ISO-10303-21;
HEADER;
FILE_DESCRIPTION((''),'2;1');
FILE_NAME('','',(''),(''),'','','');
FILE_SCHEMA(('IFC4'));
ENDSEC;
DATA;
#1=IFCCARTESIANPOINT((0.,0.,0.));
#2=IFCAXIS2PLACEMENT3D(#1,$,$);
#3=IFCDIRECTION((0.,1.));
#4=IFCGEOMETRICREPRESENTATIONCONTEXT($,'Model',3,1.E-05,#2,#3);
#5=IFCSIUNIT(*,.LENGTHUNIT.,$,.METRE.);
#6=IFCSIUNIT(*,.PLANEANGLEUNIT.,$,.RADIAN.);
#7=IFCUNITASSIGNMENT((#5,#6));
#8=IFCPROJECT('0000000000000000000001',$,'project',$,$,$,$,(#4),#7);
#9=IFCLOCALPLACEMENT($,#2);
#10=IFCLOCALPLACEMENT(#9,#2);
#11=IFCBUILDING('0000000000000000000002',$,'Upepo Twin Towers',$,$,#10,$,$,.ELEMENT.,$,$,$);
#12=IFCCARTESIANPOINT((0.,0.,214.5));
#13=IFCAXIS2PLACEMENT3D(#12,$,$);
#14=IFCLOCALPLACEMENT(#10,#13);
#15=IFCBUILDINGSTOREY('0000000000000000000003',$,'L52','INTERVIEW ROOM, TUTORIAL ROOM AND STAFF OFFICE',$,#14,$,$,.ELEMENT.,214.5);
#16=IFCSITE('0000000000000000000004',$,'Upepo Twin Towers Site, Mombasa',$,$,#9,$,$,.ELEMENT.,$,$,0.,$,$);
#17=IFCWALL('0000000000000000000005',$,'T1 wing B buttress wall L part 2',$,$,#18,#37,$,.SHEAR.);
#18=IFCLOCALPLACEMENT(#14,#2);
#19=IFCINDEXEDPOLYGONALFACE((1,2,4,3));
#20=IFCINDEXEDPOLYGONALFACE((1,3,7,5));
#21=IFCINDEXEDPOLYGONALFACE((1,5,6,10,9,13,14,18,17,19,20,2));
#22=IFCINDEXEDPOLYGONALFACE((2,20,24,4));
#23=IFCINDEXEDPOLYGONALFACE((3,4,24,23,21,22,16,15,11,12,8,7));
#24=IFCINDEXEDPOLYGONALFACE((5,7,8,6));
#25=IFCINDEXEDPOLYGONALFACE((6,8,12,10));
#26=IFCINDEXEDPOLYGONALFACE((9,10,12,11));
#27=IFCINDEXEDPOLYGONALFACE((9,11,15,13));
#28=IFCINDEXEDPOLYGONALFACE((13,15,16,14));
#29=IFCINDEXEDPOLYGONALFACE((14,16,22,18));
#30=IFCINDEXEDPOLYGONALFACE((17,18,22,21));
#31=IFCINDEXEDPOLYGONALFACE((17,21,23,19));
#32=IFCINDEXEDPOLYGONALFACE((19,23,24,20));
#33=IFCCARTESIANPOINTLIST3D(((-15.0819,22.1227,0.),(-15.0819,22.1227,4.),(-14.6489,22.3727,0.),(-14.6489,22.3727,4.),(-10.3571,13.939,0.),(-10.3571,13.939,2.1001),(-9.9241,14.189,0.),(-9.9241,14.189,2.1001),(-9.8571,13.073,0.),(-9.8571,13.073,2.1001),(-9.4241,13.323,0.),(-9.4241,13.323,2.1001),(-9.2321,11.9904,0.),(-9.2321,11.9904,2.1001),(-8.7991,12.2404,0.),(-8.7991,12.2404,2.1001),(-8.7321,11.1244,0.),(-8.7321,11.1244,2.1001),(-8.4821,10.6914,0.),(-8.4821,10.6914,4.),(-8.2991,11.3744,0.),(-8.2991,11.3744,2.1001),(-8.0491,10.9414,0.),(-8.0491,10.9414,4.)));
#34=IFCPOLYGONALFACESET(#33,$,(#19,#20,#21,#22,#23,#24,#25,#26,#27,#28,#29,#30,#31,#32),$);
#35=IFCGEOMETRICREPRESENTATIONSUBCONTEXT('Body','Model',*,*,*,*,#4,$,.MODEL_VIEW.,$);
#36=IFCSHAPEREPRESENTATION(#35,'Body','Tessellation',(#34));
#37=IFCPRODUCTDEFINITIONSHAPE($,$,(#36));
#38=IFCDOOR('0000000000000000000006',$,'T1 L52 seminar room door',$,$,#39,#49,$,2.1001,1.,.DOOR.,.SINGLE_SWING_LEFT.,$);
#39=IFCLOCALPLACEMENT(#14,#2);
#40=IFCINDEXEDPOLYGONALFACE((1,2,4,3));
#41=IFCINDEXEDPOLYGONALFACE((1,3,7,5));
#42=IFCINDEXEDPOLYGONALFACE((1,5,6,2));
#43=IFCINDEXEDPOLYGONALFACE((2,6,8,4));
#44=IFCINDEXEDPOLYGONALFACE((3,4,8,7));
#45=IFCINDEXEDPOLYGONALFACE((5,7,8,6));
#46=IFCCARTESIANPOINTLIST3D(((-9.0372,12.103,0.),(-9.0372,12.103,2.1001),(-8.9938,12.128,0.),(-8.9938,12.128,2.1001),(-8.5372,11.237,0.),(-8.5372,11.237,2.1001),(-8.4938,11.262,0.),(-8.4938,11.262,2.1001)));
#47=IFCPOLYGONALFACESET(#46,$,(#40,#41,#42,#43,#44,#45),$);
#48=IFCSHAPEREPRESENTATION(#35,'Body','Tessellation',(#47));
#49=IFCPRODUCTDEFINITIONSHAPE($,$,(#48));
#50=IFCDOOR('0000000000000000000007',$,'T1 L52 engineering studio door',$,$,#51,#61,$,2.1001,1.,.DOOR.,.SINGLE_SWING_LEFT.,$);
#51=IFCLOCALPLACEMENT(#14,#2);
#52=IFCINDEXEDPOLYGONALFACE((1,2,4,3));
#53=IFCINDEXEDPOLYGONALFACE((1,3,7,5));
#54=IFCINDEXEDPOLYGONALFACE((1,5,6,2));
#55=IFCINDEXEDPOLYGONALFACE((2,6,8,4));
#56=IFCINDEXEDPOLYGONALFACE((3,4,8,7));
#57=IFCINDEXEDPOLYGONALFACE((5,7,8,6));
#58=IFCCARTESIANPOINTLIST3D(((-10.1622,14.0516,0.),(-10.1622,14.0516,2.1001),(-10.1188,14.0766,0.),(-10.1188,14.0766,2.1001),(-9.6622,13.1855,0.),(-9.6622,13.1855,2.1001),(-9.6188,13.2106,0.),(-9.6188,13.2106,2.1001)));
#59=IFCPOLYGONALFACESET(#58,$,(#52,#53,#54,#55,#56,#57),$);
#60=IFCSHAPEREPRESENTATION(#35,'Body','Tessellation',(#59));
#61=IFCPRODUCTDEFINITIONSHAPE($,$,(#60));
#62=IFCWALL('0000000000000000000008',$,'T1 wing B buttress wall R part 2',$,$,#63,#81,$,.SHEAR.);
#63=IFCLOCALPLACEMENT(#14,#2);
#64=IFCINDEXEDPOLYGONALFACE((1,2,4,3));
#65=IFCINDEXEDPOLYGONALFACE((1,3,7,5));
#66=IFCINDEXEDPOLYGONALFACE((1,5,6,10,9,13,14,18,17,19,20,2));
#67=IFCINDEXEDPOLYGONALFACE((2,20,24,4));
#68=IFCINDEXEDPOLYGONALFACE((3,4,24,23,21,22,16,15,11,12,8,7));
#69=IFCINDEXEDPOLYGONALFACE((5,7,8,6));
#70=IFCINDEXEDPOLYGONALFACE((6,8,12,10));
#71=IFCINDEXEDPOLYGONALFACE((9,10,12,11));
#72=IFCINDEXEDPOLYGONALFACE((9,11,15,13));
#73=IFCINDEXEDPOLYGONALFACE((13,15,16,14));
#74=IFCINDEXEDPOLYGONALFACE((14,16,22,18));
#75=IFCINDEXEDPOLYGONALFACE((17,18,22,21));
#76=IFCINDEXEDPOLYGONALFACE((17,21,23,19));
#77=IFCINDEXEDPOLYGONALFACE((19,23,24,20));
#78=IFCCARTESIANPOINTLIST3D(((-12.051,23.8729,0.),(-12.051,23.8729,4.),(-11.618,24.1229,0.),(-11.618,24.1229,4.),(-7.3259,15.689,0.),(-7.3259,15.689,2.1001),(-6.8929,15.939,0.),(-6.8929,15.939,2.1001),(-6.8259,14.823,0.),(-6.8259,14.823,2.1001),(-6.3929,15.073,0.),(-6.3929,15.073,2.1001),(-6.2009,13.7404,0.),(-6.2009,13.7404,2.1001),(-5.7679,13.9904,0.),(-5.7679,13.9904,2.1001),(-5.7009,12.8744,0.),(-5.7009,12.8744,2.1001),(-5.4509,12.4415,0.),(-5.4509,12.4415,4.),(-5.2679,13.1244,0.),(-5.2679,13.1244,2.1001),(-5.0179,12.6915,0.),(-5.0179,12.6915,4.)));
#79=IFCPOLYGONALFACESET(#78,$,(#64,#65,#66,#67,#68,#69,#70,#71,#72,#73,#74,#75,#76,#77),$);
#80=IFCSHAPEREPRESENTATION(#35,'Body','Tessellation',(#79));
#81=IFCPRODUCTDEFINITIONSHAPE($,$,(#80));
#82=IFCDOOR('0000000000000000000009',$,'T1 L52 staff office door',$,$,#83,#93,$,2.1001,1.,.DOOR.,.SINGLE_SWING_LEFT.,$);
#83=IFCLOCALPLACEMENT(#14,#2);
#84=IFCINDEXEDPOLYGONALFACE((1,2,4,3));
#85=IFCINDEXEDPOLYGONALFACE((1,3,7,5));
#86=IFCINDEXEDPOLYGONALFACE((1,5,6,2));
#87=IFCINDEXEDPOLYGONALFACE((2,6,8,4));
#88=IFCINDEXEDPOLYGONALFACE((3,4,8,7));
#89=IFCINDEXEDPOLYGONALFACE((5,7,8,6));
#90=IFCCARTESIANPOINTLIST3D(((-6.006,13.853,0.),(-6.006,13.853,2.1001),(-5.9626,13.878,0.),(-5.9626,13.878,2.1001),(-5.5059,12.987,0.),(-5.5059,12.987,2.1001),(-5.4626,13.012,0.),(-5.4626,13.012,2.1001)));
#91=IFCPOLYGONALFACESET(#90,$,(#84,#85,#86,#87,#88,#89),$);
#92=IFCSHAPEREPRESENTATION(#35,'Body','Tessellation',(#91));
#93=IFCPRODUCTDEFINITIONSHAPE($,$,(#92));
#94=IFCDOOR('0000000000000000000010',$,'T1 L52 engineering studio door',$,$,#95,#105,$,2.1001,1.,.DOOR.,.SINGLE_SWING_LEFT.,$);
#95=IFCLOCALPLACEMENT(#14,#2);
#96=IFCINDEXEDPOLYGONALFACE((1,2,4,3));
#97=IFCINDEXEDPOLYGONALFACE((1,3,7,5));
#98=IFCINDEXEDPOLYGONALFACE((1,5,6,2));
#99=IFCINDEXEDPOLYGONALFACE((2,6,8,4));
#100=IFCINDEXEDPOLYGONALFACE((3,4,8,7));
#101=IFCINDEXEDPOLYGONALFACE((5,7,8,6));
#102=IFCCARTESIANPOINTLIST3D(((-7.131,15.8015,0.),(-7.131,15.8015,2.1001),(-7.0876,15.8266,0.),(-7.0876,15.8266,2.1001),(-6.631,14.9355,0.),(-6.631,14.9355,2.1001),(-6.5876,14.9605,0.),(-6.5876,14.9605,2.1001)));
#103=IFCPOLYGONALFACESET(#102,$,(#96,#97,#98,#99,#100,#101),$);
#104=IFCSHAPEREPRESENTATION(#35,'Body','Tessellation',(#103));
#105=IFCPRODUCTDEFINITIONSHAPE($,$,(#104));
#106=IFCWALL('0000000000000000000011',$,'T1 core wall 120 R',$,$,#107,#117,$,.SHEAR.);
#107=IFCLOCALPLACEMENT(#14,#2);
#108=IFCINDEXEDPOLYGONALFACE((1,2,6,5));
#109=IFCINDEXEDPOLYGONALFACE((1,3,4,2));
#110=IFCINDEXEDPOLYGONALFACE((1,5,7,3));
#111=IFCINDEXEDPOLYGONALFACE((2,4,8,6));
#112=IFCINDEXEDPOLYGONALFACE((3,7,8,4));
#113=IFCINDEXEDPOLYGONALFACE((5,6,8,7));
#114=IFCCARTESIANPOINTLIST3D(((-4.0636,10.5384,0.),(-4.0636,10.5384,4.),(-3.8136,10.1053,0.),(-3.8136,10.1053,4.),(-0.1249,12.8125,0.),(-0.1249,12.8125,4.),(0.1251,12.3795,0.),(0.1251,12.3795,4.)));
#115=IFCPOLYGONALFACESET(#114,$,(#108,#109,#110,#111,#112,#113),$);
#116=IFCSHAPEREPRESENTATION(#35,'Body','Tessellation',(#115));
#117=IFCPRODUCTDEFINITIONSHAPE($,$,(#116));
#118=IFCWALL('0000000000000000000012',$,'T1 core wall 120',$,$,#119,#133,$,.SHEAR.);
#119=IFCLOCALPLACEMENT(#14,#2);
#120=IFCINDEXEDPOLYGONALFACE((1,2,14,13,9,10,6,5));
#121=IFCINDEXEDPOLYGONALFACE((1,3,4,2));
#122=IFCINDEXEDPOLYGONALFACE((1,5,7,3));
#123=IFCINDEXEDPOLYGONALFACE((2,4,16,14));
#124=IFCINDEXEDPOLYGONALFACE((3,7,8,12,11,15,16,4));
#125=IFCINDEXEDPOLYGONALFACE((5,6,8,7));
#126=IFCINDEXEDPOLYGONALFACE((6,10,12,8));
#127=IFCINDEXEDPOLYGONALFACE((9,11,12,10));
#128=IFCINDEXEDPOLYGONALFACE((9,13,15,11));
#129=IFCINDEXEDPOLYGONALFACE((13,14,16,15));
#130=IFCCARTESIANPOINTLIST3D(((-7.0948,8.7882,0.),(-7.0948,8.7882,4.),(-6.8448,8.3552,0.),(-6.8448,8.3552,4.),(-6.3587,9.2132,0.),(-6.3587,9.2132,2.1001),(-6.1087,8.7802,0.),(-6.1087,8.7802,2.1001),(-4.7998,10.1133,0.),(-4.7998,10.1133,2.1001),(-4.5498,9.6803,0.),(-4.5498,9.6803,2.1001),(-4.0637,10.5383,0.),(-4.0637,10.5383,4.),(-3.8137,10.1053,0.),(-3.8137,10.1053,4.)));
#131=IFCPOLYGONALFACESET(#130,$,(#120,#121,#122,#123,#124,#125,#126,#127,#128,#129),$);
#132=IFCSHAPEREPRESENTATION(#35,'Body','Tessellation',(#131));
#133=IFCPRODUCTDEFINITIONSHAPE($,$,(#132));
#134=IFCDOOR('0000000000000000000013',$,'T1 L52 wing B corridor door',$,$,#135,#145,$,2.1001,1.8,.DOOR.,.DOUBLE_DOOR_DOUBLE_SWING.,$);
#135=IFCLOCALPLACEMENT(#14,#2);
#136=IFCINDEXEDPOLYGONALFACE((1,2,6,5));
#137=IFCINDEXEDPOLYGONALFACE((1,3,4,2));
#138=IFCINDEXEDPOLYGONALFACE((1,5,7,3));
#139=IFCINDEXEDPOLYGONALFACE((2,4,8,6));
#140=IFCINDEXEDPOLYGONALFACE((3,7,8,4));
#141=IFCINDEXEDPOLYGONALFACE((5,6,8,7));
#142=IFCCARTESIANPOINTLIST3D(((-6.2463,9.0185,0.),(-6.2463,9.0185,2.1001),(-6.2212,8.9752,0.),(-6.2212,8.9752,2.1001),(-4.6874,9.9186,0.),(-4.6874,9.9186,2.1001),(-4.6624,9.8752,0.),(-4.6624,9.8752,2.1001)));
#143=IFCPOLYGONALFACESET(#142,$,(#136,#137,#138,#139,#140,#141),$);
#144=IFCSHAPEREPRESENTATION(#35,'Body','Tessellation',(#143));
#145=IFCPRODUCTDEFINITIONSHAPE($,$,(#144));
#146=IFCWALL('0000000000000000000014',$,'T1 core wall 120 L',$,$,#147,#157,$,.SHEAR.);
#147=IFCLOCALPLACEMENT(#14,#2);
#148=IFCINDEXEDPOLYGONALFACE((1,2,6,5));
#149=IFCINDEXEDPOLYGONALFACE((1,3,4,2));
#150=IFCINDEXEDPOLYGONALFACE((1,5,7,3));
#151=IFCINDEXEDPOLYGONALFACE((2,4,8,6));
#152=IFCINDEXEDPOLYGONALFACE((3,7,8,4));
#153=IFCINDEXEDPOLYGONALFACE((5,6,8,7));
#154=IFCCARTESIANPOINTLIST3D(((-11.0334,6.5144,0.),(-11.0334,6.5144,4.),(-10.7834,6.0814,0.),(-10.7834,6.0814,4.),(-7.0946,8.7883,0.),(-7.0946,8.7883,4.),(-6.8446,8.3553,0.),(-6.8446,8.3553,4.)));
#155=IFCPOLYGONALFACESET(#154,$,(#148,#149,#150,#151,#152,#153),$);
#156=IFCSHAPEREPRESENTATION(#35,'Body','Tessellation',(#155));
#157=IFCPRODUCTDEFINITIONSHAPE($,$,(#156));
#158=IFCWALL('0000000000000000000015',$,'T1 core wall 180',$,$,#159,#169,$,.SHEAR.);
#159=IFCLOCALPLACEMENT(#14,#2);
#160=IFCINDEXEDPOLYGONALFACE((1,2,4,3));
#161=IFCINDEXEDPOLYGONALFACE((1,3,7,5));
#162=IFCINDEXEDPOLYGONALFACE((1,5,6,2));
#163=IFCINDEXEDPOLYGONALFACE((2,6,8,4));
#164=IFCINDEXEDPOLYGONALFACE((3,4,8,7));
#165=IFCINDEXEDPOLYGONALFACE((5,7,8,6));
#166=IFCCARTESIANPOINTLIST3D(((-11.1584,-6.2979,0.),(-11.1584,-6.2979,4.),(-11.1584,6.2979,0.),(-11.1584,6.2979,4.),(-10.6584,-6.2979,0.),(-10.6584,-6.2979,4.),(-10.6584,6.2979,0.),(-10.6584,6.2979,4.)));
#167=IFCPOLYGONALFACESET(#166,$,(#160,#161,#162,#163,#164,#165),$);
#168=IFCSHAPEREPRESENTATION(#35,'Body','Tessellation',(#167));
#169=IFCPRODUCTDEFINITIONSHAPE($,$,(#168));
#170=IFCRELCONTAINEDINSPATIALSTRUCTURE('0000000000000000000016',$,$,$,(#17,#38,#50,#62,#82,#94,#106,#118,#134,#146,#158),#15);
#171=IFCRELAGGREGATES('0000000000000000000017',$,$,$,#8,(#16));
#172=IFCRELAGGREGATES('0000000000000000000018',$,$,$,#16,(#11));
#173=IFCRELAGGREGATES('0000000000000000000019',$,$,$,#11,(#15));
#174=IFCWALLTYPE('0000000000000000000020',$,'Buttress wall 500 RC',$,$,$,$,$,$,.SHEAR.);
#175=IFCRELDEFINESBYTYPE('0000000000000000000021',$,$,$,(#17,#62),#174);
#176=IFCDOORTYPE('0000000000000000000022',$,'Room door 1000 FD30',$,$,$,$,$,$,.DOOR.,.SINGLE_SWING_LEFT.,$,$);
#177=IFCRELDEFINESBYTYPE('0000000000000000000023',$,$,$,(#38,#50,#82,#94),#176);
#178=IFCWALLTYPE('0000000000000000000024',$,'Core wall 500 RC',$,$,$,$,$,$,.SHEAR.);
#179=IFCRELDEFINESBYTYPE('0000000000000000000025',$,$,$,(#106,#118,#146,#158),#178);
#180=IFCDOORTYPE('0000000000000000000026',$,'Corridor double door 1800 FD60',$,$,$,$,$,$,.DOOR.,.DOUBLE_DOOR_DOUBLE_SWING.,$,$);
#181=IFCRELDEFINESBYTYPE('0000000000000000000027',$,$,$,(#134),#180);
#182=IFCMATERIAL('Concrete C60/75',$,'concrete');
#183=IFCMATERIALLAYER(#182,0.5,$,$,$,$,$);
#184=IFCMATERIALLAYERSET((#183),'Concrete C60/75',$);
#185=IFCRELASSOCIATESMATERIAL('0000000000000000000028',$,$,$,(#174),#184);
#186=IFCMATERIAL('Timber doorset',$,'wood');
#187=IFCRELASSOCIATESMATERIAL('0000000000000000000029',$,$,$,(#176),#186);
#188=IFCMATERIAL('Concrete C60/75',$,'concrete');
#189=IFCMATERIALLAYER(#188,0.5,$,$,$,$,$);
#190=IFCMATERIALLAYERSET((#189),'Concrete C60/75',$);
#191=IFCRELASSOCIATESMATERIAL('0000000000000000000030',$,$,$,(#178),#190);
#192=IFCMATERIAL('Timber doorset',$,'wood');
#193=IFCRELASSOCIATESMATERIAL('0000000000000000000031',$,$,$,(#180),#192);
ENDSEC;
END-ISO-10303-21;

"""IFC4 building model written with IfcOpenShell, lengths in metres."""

from ifc_helpers import new_model, si_unit, direction, frame, frame_2d, origin, place, context, subcontext, project, spatial, rectangle, extrude, material, layer, layer_set, type_object, element, fill, save


model = new_model("IFC4")

# Units and contexts
model_context = context("Model", 3, precision=1e-05, world=origin(), true_north=direction((0.0, 1.0)))
body_context = subcontext(model_context, "Body", "Model", "MODEL_VIEW")
ifc_project = project(units=[si_unit("LENGTHUNIT", "METRE"), si_unit("PLANEANGLEUNIT", "RADIAN")], contexts=[model_context])

# Site, building, storey
site_placement = place(None, origin())
site = spatial("IfcSite", under=ifc_project, at=site_placement, Name="Upepo Twin Towers Site, Mombasa", CompositionType="ELEMENT", RefElevation=0.0)
building_placement = place(site_placement, origin())
building = spatial("IfcBuilding", under=site, at=building_placement, Name="Upepo Twin Towers", CompositionType="ELEMENT")
storey_placement = place(building_placement, frame((0.0, 0.0, 214.5)))
storey = spatial("IfcBuildingStorey", under=building, at=storey_placement, Name="L52", Description="INTERVIEW ROOM, TUTORIAL ROOM AND STAFF OFFICE", CompositionType="ELEMENT", Elevation=214.5)

# Walls, openings, doors
ifc_material_1 = material(Name="Concrete C60/75", Category="concrete")
ifc_layer_1 = layer(ifc_material_1, 0.5)
ifc_layer_set_1 = layer_set([ifc_layer_1], Name="Concrete C60/75")
wall_type_1 = type_object("IfcWallType", Name="Buttress wall 500 RC", PredefinedType="SHEAR", material=ifc_layer_set_1)
wall_1_placement = place(storey_placement, frame((-8.2656, 10.8164, 0.0), z_axis=(0.0, 0.0, 1.0), x_axis=(-0.499996, 0.866028, 0.0)))
wall_1 = element("IfcWall", 1, at=wall_1_placement, inside=storey, type_object=wall_type_1, Name="T1 wing B buttress wall L part 2", PredefinedType="SHEAR", context=body_context, shape_type="SweptSolid", body=[
    extrude(rectangle(XDim=13.1997, YDim=0.5, at=frame_2d((6.5999, 0.0))), origin(), (0.0, 0.0, 1.0), 4.0),
])
opening_1_placement = place(wall_1_placement, frame((0.5, 0.0, 0.0)))
opening_1 = element("IfcOpeningElement", 2, at=opening_1_placement, cuts=wall_1, PredefinedType="OPENING", context=body_context, shape_type="SweptSolid", body=[
    extrude(rectangle(XDim=1.0, YDim=2.1001, at=frame_2d((0.5, 1.05))), frame((0.0, 0.26, 0.0), z_axis=(0.0, -1.0, 0.0), x_axis=(1.0, 0.0, 0.0)), (0.0, 0.0, 1.0), 0.52),
])
opening_2_placement = place(wall_1_placement, frame((2.75, 0.0, 0.0)))
opening_2 = element("IfcOpeningElement", 3, at=opening_2_placement, cuts=wall_1, PredefinedType="OPENING", context=body_context, shape_type="SweptSolid", body=[
    extrude(rectangle(XDim=1.0, YDim=2.1001, at=frame_2d((0.5, 1.05))), frame((0.0, 0.26, 0.0), z_axis=(0.0, -1.0, 0.0), x_axis=(1.0, 0.0, 0.0)), (0.0, 0.0, 1.0), 0.52),
])
ifc_material_2 = material(Name="Timber doorset", Category="wood")
door_type_1 = type_object("IfcDoorType", Name="Room door 1000 FD30", OperationType="SINGLE_SWING_LEFT", PredefinedType="DOOR", material=ifc_material_2)
door_1_placement = place(opening_1_placement, origin())
door_1 = element("IfcDoor", 4, at=door_1_placement, inside=storey, type_object=door_type_1, Name="T1 L52 seminar room door", OperationType="SINGLE_SWING_LEFT", OverallHeight=2.1001, OverallWidth=1.0, PredefinedType="DOOR", context=body_context, shape_type="SweptSolid", body=[
    extrude(rectangle(XDim=1.0, YDim=2.1001, at=frame_2d((0.5, 1.05))), frame((0.0, 0.0249, 0.0), z_axis=(0.0, -1.0, 0.0), x_axis=(1.0, 0.0, 0.0)), (0.0, 0.0, 1.0), 0.05),
])
fill(opening_1, door_1)
door_2_placement = place(opening_2_placement, origin())
door_2 = element("IfcDoor", 5, at=door_2_placement, inside=storey, type_object=door_type_1, Name="T1 L52 engineering studio door", OperationType="SINGLE_SWING_LEFT", OverallHeight=2.1001, OverallWidth=1.0, PredefinedType="DOOR", context=body_context, shape_type="SweptSolid", body=[
    extrude(rectangle(XDim=1.0, YDim=2.1001, at=frame_2d((0.5, 1.05))), frame((0.0, 0.0249, 0.0), z_axis=(0.0, -1.0, 0.0), x_axis=(1.0, 0.0, 0.0)), (0.0, 0.0, 1.0), 0.05),
])
fill(opening_2, door_2)
wall_2_placement = place(storey_placement, frame((-5.2344, 12.5664, 0.0), z_axis=(0.0, 0.0, 1.0), x_axis=(-0.50001, 0.86602, 0.0)))
wall_2 = element("IfcWall", 6, at=wall_2_placement, inside=storey, type_object=wall_type_1, Name="T1 wing B buttress wall R part 2", PredefinedType="SHEAR", context=body_context, shape_type="SweptSolid", body=[
    extrude(rectangle(XDim=13.2, YDim=0.5, at=frame_2d((6.6001, 0.0))), origin(), (0.0, 0.0, 1.0), 4.0),
])
opening_3_placement = place(wall_2_placement, frame((0.5, 0.0, 0.0)))
opening_3 = element("IfcOpeningElement", 7, at=opening_3_placement, cuts=wall_2, PredefinedType="OPENING", context=body_context, shape_type="SweptSolid", body=[
    extrude(rectangle(XDim=1.0, YDim=2.1001, at=frame_2d((0.5, 1.05))), frame((0.0, 0.26, 0.0), z_axis=(0.0, -1.0, 0.0), x_axis=(1.0, 0.0, 0.0)), (0.0, 0.0, 1.0), 0.52),
])
opening_4_placement = place(wall_2_placement, frame((2.75, 0.0, 0.0)))
opening_4 = element("IfcOpeningElement", 8, at=opening_4_placement, cuts=wall_2, PredefinedType="OPENING", context=body_context, shape_type="SweptSolid", body=[
    extrude(rectangle(XDim=1.0, YDim=2.1001, at=frame_2d((0.5, 1.05))), frame((0.0, 0.26, 0.0), z_axis=(0.0, -1.0, 0.0), x_axis=(1.0, 0.0, 0.0)), (0.0, 0.0, 1.0), 0.52),
])
door_3_placement = place(opening_3_placement, origin())
door_3 = element("IfcDoor", 9, at=door_3_placement, inside=storey, type_object=door_type_1, Name="T1 L52 staff office door", OperationType="SINGLE_SWING_LEFT", OverallHeight=2.1001, OverallWidth=1.0, PredefinedType="DOOR", context=body_context, shape_type="SweptSolid", body=[
    extrude(rectangle(XDim=1.0, YDim=2.1001, at=frame_2d((0.5, 1.05))), frame((0.0, 0.0249, 0.0), z_axis=(0.0, -1.0, 0.0), x_axis=(1.0, 0.0, 0.0)), (0.0, 0.0, 1.0), 0.05),
])
fill(opening_3, door_3)
door_4_placement = place(opening_4_placement, origin())
door_4 = element("IfcDoor", 10, at=door_4_placement, inside=storey, type_object=door_type_1, Name="T1 L52 engineering studio door", OperationType="SINGLE_SWING_LEFT", OverallHeight=2.1001, OverallWidth=1.0, PredefinedType="DOOR", context=body_context, shape_type="SweptSolid", body=[
    extrude(rectangle(XDim=1.0, YDim=2.1001, at=frame_2d((0.5, 1.05))), frame((0.0, 0.0249, 0.0), z_axis=(0.0, -1.0, 0.0), x_axis=(1.0, 0.0, 0.0)), (0.0, 0.0, 1.0), 0.05),
])
fill(opening_4, door_4)

# Wall
ifc_material_3 = material(Name="Concrete C60/75", Category="concrete")
ifc_layer_2 = layer(ifc_material_3, 0.5)
ifc_layer_set_2 = layer_set([ifc_layer_2], Name="Concrete C60/75")
wall_type_2 = type_object("IfcWallType", Name="Core wall 500 RC", PredefinedType="SHEAR", material=ifc_layer_set_2)
wall_3_placement = place(storey_placement, frame((0.0, 12.5959, 0.0), z_axis=(0.0, 0.0, 1.0), x_axis=(-0.866011, -0.500024, 0.0)))
element("IfcWall", 11, at=wall_3_placement, inside=storey, type_object=wall_type_2, Name="T1 core wall 120 R", PredefinedType="SHEAR", context=body_context, shape_type="SweptSolid", body=[
    extrude(rectangle(XDim=4.5481, YDim=0.5, at=frame_2d((2.2739, 0.0))), origin(), (0.0, 0.0, 1.0), 4.0),
])

# Wall, opening, door
wall_4_placement = place(storey_placement, frame((-3.9387, 10.3218, 0.0), z_axis=(0.0, 0.0, 1.0), x_axis=(-0.866019, -0.50001, 0.0)))
wall_4 = element("IfcWall", 12, at=wall_4_placement, inside=storey, type_object=wall_type_2, Name="T1 core wall 120", PredefinedType="SHEAR", context=body_context, shape_type="SweptSolid", body=[
    extrude(rectangle(XDim=3.5, YDim=0.5, at=frame_2d((1.75, 0.0))), origin(), (0.0, 0.0, 1.0), 4.0),
])
opening_5_placement = place(wall_4_placement, frame((0.8501, 0.0, 0.0)))
opening_5 = element("IfcOpeningElement", 13, at=opening_5_placement, cuts=wall_4, PredefinedType="OPENING", context=body_context, shape_type="SweptSolid", body=[
    extrude(rectangle(XDim=1.8, YDim=2.1001, at=frame_2d((0.8999, 1.05))), frame((0.0, 0.26, 0.0), z_axis=(0.0, -1.0, 0.0), x_axis=(1.0, 0.0, 0.0)), (0.0, 0.0, 1.0), 0.52),
])
ifc_material_4 = material(Name="Timber doorset", Category="wood")
door_type_2 = type_object("IfcDoorType", Name="Corridor double door 1800 FD60", OperationType="DOUBLE_DOOR_DOUBLE_SWING", PredefinedType="DOOR", material=ifc_material_4)
door_5_placement = place(opening_5_placement, origin())
door_5 = element("IfcDoor", 14, at=door_5_placement, inside=storey, type_object=door_type_2, Name="T1 L52 wing B corridor door", OperationType="DOUBLE_DOOR_DOUBLE_SWING", OverallHeight=2.1001, OverallWidth=1.8, PredefinedType="DOOR", context=body_context, shape_type="SweptSolid", body=[
    extrude(rectangle(XDim=1.8, YDim=2.1001, at=frame_2d((0.8999, 1.05))), frame((0.0, 0.0249, 0.0), z_axis=(0.0, -1.0, 0.0), x_axis=(1.0, 0.0, 0.0)), (0.0, 0.0, 1.0), 0.05),
])
fill(opening_5, door_5)

# Walls
wall_5_placement = place(storey_placement, frame((-6.9697, 8.5718, 0.0), z_axis=(0.0, 0.0, 1.0), x_axis=(-0.866035, -0.499984, 0.0)))
element("IfcWall", 15, at=wall_5_placement, inside=storey, type_object=wall_type_2, Name="T1 core wall 120 L", PredefinedType="SHEAR", context=body_context, shape_type="SweptSolid", body=[
    extrude(rectangle(XDim=4.5481, YDim=0.5, at=frame_2d((2.2739, 0.0))), origin(), (0.0, 0.0, 1.0), 4.0),
])
wall_6_placement = place(storey_placement, frame((-10.9084, 6.2979, 0.0), z_axis=(0.0, 0.0, 1.0), x_axis=(0.0, -1.0, 0.0)))
element("IfcWall", 16, at=wall_6_placement, inside=storey, type_object=wall_type_2, Name="T1 core wall 180", PredefinedType="SHEAR", context=body_context, shape_type="SweptSolid", body=[
    extrude(rectangle(XDim=12.5957, YDim=0.5, at=frame_2d((6.2979, 0.0))), origin(), (0.0, 0.0, 1.0), 4.0),
])

save(model, "model.ifc")
